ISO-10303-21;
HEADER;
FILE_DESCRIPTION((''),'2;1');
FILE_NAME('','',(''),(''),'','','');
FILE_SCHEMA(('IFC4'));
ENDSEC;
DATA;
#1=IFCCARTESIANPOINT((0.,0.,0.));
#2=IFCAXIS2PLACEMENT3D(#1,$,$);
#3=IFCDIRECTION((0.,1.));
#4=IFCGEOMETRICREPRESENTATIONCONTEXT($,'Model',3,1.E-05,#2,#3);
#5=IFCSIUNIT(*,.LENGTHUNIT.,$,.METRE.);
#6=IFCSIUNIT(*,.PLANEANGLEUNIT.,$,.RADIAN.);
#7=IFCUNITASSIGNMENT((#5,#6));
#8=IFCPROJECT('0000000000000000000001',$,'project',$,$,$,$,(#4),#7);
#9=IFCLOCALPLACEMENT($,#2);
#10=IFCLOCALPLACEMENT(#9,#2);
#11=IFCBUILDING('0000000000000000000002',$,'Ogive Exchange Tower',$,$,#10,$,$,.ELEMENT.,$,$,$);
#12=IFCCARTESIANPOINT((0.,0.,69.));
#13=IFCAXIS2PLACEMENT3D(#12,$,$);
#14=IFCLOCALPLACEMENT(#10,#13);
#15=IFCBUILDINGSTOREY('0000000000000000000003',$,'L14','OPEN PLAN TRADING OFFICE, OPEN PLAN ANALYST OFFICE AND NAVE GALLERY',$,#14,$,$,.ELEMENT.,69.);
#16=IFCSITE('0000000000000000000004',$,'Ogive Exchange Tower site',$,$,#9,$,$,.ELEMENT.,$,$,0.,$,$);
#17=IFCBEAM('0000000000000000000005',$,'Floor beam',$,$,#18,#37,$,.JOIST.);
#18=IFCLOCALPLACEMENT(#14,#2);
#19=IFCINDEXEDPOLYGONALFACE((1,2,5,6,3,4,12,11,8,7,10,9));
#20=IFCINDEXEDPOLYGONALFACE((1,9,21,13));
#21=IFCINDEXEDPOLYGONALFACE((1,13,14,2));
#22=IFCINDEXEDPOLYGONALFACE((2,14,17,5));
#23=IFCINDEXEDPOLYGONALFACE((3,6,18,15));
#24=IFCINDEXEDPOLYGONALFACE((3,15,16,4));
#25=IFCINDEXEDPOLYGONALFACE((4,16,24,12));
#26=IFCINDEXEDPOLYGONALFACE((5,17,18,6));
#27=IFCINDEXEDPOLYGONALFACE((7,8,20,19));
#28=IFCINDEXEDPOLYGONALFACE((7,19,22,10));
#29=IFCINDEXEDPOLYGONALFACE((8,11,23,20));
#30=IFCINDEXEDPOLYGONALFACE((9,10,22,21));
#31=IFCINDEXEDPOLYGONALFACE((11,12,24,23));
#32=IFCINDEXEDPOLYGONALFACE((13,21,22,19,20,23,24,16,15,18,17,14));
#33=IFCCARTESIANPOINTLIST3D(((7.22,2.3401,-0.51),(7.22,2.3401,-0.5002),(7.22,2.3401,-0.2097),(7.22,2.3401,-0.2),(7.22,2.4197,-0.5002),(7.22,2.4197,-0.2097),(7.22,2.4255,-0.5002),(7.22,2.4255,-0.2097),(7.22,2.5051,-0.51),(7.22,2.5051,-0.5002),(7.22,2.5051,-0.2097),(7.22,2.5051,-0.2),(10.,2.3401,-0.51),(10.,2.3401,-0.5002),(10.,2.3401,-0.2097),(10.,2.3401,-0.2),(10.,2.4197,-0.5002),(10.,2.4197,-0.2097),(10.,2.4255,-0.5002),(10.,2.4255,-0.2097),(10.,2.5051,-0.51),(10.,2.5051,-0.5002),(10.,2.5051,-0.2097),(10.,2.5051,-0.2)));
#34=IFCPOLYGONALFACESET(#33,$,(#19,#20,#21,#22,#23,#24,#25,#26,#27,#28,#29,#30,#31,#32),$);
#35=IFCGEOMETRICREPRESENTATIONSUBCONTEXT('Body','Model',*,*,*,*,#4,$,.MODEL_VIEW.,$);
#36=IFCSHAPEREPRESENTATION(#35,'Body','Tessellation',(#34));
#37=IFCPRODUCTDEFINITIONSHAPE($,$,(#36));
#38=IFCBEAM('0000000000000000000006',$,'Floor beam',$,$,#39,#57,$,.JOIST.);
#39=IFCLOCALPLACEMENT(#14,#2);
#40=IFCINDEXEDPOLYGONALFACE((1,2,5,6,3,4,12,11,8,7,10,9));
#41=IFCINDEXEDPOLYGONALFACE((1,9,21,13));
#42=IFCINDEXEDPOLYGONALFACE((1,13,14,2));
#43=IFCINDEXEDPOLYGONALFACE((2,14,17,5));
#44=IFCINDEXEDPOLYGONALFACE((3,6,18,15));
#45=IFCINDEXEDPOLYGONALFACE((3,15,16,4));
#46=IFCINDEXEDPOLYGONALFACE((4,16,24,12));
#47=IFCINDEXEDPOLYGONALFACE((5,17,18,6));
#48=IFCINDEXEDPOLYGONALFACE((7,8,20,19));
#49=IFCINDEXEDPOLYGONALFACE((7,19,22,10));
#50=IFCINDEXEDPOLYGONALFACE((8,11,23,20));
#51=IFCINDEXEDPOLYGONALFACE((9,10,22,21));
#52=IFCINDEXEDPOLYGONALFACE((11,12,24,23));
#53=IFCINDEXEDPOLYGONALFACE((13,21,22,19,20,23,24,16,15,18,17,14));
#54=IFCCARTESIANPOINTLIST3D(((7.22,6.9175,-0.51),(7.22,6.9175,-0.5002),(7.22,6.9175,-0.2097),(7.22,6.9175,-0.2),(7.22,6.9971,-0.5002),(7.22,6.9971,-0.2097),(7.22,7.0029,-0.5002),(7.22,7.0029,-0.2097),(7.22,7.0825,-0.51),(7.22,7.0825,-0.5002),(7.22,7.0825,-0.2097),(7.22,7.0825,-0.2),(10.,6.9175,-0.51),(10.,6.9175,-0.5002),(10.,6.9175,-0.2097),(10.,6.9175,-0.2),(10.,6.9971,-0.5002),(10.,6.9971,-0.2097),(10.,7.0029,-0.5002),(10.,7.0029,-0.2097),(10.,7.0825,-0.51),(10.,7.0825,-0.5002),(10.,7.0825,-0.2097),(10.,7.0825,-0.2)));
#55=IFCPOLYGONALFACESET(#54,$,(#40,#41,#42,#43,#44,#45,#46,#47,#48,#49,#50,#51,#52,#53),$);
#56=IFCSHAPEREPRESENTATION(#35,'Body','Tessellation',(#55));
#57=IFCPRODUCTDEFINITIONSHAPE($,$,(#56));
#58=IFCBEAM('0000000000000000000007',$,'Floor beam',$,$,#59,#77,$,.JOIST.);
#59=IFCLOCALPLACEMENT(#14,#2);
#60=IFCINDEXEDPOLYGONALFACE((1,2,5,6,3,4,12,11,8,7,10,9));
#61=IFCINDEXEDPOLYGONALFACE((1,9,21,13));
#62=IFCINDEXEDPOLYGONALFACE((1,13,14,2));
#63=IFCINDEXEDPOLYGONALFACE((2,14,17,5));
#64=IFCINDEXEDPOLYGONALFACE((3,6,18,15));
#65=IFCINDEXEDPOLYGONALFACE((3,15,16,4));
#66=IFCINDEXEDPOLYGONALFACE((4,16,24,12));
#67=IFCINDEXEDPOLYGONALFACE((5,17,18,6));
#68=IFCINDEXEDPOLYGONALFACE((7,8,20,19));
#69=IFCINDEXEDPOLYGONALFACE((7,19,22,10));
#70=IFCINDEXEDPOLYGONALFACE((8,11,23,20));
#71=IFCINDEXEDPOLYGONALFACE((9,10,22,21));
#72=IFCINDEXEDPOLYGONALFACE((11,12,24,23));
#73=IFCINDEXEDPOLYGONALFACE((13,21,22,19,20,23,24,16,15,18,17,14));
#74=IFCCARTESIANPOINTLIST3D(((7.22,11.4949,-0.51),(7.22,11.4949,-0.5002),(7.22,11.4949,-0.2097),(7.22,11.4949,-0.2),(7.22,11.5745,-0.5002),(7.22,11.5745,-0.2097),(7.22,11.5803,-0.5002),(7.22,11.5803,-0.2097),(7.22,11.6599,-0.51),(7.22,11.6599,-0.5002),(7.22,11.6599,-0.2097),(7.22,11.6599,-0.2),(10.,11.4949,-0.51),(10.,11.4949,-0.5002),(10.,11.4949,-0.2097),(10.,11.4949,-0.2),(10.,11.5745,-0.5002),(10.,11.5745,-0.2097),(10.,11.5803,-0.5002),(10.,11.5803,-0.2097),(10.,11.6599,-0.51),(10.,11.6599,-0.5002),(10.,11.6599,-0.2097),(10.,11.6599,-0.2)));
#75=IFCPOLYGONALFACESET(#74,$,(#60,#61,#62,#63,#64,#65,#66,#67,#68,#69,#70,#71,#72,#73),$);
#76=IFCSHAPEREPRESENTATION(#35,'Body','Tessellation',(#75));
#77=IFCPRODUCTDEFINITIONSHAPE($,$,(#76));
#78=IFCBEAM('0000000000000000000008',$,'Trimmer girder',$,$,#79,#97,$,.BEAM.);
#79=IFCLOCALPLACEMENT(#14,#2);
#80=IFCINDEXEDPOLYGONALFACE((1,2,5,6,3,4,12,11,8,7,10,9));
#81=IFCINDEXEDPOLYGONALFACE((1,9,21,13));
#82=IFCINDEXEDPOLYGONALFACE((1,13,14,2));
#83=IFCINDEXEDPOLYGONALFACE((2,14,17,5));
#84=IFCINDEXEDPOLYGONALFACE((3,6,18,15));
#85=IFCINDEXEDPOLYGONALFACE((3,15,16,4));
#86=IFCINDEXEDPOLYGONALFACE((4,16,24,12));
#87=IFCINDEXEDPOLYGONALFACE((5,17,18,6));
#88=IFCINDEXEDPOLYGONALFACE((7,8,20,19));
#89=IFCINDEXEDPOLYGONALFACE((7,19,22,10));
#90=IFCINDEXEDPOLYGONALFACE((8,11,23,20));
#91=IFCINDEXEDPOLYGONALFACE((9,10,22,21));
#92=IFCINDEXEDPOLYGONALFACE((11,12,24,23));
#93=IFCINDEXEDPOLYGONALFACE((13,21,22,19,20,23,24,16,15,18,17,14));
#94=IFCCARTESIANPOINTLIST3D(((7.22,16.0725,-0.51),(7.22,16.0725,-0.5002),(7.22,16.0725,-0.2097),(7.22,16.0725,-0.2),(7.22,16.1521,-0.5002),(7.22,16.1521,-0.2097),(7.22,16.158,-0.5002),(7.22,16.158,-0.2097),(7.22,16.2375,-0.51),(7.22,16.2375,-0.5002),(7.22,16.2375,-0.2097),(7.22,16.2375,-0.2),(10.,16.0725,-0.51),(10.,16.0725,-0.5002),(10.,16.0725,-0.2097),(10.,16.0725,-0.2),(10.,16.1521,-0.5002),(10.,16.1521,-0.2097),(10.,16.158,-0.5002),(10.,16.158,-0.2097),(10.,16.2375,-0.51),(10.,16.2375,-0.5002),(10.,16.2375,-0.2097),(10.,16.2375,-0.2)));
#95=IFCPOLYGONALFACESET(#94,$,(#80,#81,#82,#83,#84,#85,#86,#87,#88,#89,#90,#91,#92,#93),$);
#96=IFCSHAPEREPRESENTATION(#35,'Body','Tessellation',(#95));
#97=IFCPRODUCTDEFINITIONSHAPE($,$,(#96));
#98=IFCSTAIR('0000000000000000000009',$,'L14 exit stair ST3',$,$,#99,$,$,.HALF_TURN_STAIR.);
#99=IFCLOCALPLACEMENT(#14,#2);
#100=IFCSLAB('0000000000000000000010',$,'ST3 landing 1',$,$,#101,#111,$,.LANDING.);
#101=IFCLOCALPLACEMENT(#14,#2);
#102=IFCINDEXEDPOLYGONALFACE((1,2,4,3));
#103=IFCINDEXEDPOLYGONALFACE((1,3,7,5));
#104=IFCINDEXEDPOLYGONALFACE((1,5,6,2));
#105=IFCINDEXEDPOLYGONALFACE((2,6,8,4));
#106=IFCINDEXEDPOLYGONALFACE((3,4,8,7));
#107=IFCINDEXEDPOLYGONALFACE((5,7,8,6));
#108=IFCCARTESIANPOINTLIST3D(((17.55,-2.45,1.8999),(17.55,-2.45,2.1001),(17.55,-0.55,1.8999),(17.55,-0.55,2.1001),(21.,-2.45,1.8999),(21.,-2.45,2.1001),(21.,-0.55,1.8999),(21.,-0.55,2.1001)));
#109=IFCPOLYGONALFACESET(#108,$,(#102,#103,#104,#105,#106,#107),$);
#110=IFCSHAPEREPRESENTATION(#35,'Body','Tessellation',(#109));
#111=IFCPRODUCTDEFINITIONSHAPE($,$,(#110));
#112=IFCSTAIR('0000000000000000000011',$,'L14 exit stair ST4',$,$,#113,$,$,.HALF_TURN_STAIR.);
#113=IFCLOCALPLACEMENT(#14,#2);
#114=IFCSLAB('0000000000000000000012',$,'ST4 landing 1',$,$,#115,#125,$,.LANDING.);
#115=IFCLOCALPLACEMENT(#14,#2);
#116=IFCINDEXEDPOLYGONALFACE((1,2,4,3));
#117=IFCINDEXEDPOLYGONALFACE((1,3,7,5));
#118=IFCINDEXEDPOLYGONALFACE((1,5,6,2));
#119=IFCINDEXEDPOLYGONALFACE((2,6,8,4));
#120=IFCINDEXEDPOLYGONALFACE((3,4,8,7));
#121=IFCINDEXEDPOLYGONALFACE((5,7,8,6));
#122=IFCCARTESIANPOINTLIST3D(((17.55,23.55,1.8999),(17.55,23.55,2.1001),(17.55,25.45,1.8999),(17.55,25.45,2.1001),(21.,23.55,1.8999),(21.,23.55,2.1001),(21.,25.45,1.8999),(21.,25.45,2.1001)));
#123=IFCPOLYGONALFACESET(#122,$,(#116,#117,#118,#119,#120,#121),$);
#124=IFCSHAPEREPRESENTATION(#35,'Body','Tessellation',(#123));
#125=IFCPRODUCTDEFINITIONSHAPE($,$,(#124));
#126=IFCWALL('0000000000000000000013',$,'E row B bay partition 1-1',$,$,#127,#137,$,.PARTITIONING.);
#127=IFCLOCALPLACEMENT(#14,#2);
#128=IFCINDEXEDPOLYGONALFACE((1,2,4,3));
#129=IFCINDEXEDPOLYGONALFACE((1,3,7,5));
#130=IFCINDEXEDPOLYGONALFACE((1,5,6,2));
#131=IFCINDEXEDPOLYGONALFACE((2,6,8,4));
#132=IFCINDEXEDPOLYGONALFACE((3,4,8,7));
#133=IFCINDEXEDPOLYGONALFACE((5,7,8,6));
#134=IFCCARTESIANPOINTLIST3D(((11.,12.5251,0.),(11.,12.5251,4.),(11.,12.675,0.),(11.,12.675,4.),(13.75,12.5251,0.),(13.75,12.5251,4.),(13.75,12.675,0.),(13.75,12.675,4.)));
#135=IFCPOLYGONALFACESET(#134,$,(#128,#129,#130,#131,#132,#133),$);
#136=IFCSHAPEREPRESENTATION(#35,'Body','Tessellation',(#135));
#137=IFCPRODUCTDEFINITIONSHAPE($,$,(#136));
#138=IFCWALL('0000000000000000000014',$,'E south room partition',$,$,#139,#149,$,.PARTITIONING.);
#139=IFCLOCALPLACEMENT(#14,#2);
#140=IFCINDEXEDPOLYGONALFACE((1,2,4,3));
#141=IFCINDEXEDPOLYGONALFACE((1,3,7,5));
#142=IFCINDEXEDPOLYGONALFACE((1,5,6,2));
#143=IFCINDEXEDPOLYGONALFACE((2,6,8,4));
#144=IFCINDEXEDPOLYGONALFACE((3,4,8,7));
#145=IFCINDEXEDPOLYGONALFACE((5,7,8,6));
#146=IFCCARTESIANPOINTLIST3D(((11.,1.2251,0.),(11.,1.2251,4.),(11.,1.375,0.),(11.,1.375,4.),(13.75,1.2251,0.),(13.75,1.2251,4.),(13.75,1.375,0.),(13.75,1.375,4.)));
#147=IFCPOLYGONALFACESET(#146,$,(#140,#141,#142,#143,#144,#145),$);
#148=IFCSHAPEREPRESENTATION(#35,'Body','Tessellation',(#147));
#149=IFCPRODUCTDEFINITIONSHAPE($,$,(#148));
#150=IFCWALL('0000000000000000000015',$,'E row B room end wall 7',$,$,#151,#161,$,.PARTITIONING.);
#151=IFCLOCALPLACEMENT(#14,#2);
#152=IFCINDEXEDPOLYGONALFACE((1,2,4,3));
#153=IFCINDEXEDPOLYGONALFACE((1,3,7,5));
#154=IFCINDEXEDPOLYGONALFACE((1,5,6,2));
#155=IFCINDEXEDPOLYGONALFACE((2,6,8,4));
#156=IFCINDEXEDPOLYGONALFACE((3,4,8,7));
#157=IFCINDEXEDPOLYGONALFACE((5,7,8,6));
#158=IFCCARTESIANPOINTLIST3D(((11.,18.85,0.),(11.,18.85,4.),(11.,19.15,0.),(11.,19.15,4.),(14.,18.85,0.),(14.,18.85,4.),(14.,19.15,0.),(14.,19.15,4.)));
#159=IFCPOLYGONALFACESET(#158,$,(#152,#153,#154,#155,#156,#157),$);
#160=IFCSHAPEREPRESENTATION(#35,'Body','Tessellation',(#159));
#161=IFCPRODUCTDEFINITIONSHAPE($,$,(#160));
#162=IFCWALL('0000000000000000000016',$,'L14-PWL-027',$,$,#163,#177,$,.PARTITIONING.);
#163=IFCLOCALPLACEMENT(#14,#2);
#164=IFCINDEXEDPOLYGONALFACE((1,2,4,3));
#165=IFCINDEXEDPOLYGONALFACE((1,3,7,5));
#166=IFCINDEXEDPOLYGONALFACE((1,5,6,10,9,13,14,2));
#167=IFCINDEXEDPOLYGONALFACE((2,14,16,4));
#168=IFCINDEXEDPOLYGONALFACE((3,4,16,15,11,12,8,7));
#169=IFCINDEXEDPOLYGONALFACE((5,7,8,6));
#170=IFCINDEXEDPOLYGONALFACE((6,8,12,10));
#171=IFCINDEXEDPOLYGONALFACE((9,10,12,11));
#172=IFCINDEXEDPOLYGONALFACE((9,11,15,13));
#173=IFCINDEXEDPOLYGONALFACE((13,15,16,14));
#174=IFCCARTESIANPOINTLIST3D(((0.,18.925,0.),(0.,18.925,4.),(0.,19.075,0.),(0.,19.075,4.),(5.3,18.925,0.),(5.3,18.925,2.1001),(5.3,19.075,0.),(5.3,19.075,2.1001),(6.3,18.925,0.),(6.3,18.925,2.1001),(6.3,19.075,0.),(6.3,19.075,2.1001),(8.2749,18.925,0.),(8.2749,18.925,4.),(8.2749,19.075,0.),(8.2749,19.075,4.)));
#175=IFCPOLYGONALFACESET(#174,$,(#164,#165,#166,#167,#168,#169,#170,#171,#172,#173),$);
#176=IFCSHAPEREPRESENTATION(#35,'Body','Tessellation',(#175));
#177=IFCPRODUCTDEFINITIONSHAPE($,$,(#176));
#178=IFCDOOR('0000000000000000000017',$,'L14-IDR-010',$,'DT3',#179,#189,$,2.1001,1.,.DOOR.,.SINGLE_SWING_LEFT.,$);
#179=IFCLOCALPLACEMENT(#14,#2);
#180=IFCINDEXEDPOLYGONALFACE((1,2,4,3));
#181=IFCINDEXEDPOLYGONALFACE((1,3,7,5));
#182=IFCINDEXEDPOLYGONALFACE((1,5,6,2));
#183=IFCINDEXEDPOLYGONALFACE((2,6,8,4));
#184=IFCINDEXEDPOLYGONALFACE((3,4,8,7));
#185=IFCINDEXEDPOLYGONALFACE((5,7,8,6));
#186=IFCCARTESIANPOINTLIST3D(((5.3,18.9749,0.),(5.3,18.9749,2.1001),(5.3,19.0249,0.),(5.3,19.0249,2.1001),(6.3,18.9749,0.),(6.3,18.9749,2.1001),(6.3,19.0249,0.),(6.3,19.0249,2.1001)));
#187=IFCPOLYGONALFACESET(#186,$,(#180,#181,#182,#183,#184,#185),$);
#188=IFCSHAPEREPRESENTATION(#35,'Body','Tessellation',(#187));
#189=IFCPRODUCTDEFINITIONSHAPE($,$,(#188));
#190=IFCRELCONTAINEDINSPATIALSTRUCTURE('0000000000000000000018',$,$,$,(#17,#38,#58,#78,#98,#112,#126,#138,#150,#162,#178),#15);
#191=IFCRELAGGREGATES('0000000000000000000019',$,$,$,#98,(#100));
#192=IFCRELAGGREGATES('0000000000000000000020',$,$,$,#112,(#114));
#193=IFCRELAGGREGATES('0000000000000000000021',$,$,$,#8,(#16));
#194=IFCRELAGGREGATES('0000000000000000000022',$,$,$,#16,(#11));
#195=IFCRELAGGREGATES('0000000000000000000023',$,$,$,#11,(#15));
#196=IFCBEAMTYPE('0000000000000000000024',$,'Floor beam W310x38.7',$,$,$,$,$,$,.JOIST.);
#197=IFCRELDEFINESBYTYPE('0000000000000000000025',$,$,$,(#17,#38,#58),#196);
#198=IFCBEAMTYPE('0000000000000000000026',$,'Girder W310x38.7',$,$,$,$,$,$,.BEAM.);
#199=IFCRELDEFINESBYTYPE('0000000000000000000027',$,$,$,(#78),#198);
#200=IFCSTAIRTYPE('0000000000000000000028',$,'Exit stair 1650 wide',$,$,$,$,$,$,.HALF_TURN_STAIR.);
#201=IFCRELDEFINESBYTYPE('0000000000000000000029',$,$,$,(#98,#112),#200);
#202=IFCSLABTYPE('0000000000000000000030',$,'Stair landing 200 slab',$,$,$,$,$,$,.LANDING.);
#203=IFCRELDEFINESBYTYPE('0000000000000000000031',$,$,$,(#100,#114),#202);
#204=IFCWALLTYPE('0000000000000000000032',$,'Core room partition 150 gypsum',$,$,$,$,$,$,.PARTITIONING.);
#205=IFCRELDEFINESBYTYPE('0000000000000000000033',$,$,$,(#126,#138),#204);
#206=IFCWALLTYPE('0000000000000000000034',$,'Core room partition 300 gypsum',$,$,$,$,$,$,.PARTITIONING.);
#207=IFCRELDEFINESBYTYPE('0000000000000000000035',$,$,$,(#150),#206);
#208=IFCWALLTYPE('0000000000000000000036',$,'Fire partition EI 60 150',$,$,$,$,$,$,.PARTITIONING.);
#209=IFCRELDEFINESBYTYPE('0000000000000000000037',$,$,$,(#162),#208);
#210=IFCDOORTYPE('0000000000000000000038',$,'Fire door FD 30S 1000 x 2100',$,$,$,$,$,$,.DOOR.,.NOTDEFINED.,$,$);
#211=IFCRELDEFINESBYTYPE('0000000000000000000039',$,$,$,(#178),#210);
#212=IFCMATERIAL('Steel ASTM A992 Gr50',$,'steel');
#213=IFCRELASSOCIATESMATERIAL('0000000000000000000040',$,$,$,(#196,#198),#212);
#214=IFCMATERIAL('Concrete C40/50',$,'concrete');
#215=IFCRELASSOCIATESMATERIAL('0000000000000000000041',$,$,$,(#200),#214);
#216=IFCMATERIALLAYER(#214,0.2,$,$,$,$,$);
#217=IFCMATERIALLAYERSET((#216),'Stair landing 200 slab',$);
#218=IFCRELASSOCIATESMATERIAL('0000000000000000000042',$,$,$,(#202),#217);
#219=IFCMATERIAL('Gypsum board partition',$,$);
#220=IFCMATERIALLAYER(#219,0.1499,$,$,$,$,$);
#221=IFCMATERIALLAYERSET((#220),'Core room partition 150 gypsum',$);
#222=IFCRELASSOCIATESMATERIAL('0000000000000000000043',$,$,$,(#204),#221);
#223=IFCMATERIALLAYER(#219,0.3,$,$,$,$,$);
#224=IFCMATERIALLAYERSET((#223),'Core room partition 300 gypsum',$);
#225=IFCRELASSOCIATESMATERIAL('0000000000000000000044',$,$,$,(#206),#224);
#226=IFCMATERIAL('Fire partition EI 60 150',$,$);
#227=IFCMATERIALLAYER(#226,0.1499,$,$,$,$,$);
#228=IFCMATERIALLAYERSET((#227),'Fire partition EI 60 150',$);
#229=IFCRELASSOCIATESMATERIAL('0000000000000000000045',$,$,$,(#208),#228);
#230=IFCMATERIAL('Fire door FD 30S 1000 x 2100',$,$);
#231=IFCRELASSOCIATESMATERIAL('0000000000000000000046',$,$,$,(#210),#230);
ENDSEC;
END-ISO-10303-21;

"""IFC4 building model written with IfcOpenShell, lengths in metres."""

from ifc_helpers import new_model, si_unit, direction, frame, frame_2d, origin, origin_2d, place, context, subcontext, project, spatial, polyline, rectangle, i_section, outline, extrude, material, layer, layer_set, material_profile, profile_set, type_object, element, fill, aggregate, save


model = new_model("IFC4")

# Units and contexts
model_context = context("Model", 3, precision=1e-05, world=origin(), true_north=direction((0.0, 1.0)))
body_context = subcontext(model_context, "Body", "Model", "MODEL_VIEW")
ifc_project = project(units=[si_unit("LENGTHUNIT", "METRE"), si_unit("PLANEANGLEUNIT", "RADIAN")], contexts=[model_context])

# Site, building, storey
site_placement = place(None, origin())
site = spatial("IfcSite", under=ifc_project, at=site_placement, Name="Ogive Exchange Tower site", CompositionType="ELEMENT", RefElevation=0.0)
building_placement = place(site_placement, origin())
building = spatial("IfcBuilding", under=site, at=building_placement, Name="Ogive Exchange Tower", CompositionType="ELEMENT")
storey_placement = place(building_placement, frame((0.0, 0.0, 69.0)))
storey = spatial("IfcBuildingStorey", under=building, at=storey_placement, Name="L14", Description="OPEN PLAN TRADING OFFICE, OPEN PLAN ANALYST OFFICE AND NAVE GALLERY", CompositionType="ELEMENT", Elevation=69.0)

# Beams
ifc_material_1 = material(Name="Steel ASTM A992 Gr50", Category="steel")
ifc_material_profile_1 = material_profile(ifc_material_1, i_section(OverallWidth=0.165, OverallDepth=0.3101, WebThickness=0.0059, FlangeThickness=0.0098, at=origin_2d()), Name="W310x38.7")
ifc_profile_set_1 = profile_set([ifc_material_profile_1], Name="Steel ASTM A992 Gr50")
beam_type_1 = type_object("IfcBeamType", Name="Floor beam W310x38.7", PredefinedType="JOIST", material=ifc_profile_set_1)
for number, where, z_axis, x_axis, name in (
    (1, (7.22, 2.4226, -0.355), (1.0, 0.0, 0.0), (0.0, 1.0, 0.0), "Floor beam"),
    (2, (7.22, 7.0, -0.355), (1.0, 0.0, 0.0), (0.0, 1.0, 0.0), "Floor beam"),
    (3, (7.22, 11.5774, -0.355), (1.0, 0.0, 0.0), (0.0, 1.0, 0.0), "Floor beam"),
):
    element("IfcBeam", number, at=place(storey_placement, frame(where, z_axis=z_axis, x_axis=x_axis)), inside=storey, type_object=beam_type_1, Name=name, PredefinedType="JOIST", context=body_context, shape_type="SweptSolid", body=[
        extrude(i_section(OverallWidth=0.165, OverallDepth=0.3101, WebThickness=0.0059, FlangeThickness=0.0098, at=origin_2d()), origin(), (0.0, 0.0, 1.0), 2.78),
    ])
ifc_material_profile_2 = material_profile(ifc_material_1, i_section(OverallWidth=0.165, OverallDepth=0.3101, WebThickness=0.0059, FlangeThickness=0.0098, at=origin_2d()), Name="W310x38.7")
ifc_profile_set_2 = profile_set([ifc_material_profile_2], Name="Steel ASTM A992 Gr50")
beam_type_2 = type_object("IfcBeamType", Name="Girder W310x38.7", PredefinedType="BEAM", material=ifc_profile_set_2)
beam_placement = place(storey_placement, frame((7.22, 16.155, -0.355), z_axis=(1.0, 0.0, 0.0), x_axis=(0.0, 1.0, 0.0)))
element("IfcBeam", 4, at=beam_placement, inside=storey, type_object=beam_type_2, Name="Trimmer girder", PredefinedType="BEAM", context=body_context, shape_type="SweptSolid", body=[
    extrude(i_section(OverallWidth=0.165, OverallDepth=0.3101, WebThickness=0.0059, FlangeThickness=0.0098, at=origin_2d()), origin(), (0.0, 0.0, 1.0), 2.78),
])

# Stairs, slabs
ifc_material_2 = material(Name="Concrete C40/50", Category="concrete")
stair_type = type_object("IfcStairType", Name="Exit stair 1650 wide", PredefinedType="HALF_TURN_STAIR", material=ifc_material_2)
stair_1_placement = place(storey_placement, origin())
stair_1 = element("IfcStair", 5, at=stair_1_placement, inside=storey, type_object=stair_type, Name="L14 exit stair ST3", PredefinedType="HALF_TURN_STAIR")
ifc_layer_1 = layer(ifc_material_2, 0.2)
ifc_layer_set_1 = layer_set([ifc_layer_1], Name="Stair landing 200 slab")
slab_type = type_object("IfcSlabType", Name="Stair landing 200 slab", PredefinedType="LANDING", material=ifc_layer_set_1)
slab_1_placement = place(storey_placement, frame((0.0, 0.0, 1.8999)))
slab_1 = element("IfcSlab", 6, at=slab_1_placement, type_object=slab_type, Name="ST3 landing 1", PredefinedType="LANDING", context=body_context, shape_type="SweptSolid", body=[
    extrude(outline(polyline([(17.55, -0.55), (17.55, -2.45), (21.0, -2.45), (21.0, -0.55), (17.55, -0.55)])), origin(), (0.0, 0.0, 1.0), 0.2002),
])
aggregate(stair_1, [slab_1])
stair_2_placement = place(storey_placement, origin())
stair_2 = element("IfcStair", 7, at=stair_2_placement, inside=storey, type_object=stair_type, Name="L14 exit stair ST4", PredefinedType="HALF_TURN_STAIR")
slab_2_placement = place(storey_placement, frame((0.0, 0.0, 1.8999)))
slab_2 = element("IfcSlab", 8, at=slab_2_placement, type_object=slab_type, Name="ST4 landing 1", PredefinedType="LANDING", context=body_context, shape_type="SweptSolid", body=[
    extrude(outline(polyline([(21.0, 23.55), (21.0, 25.45), (17.55, 25.45), (17.55, 23.55), (21.0, 23.55)])), origin(), (0.0, 0.0, 1.0), 0.2002),
])
aggregate(stair_2, [slab_2])

# Walls
ifc_material_3 = material(Name="Gypsum board partition")
ifc_layer_2 = layer(ifc_material_3, 0.1499)
ifc_layer_set_2 = layer_set([ifc_layer_2], Name="Core room partition 150 gypsum")
wall_type_1 = type_object("IfcWallType", Name="Core room partition 150 gypsum", PredefinedType="PARTITIONING", material=ifc_layer_set_2)
for number, where, z_axis, x_axis, name in (
    (9, (11.0, 12.6001, 0.0), (0.0, 0.0, 1.0), (1.0, 0.0, 0.0), "E row B bay partition 1-1"),
    (10, (11.0, 1.3, 0.0), (0.0, 0.0, 1.0), (1.0, 0.0, 0.0), "E south room partition"),
):
    element("IfcWall", number, at=place(storey_placement, frame(where, z_axis=z_axis, x_axis=x_axis)), inside=storey, type_object=wall_type_1, Name=name, PredefinedType="PARTITIONING", context=body_context, shape_type="SweptSolid", body=[
        extrude(rectangle(XDim=2.75, YDim=0.1499, at=frame_2d((1.375, 0.0))), origin(), (0.0, 0.0, 1.0), 4.0),
    ])
ifc_layer_3 = layer(ifc_material_3, 0.3)
ifc_layer_set_3 = layer_set([ifc_layer_3], Name="Core room partition 300 gypsum")
wall_type_2 = type_object("IfcWallType", Name="Core room partition 300 gypsum", PredefinedType="PARTITIONING", material=ifc_layer_set_3)
wall_1_placement = place(storey_placement, frame((11.0, 19.0, 0.0), z_axis=(0.0, 0.0, 1.0), x_axis=(1.0, 0.0, 0.0)))
element("IfcWall", 11, at=wall_1_placement, inside=storey, type_object=wall_type_2, Name="E row B room end wall 7", PredefinedType="PARTITIONING", context=body_context, shape_type="SweptSolid", body=[
    extrude(rectangle(XDim=3.0, YDim=0.3, at=frame_2d((1.5, 0.0))), origin(), (0.0, 0.0, 1.0), 4.0),
])

# Wall, opening, door
ifc_material_4 = material(Name="Fire partition EI 60 150")
ifc_layer_4 = layer(ifc_material_4, 0.1499)
ifc_layer_set_4 = layer_set([ifc_layer_4], Name="Fire partition EI 60 150")
wall_type_3 = type_object("IfcWallType", Name="Fire partition EI 60 150", PredefinedType="PARTITIONING", material=ifc_layer_set_4)
wall_2_placement = place(storey_placement, frame((0.0, 19.0, 0.0), z_axis=(0.0, 0.0, 1.0), x_axis=(1.0, 0.0, 0.0)))
wall_2 = element("IfcWall", 12, at=wall_2_placement, inside=storey, type_object=wall_type_3, Name="L14-PWL-027", PredefinedType="PARTITIONING", context=body_context, shape_type="SweptSolid", body=[
    extrude(rectangle(XDim=8.2749, YDim=0.1499, at=frame_2d((4.1375, 0.0))), origin(), (0.0, 0.0, 1.0), 4.0),
])
opening_1_placement = place(wall_2_placement, frame((5.3, 0.0, 0.0)))
opening_1 = element("IfcOpeningElement", 13, at=opening_1_placement, cuts=wall_2, PredefinedType="OPENING", context=body_context, shape_type="SweptSolid", body=[
    extrude(rectangle(XDim=1.0, YDim=2.1001, at=frame_2d((0.5, 1.05))), frame((0.0, 0.085, 0.0), z_axis=(0.0, -1.0, 0.0), x_axis=(1.0, 0.0, 0.0)), (0.0, 0.0, 1.0), 0.1699),
])
ifc_material_5 = material(Name="Fire door FD 30S 1000 x 2100")
door_type_1 = type_object("IfcDoorType", Name="Fire door FD 30S 1000 x 2100", OperationType="NOTDEFINED", PredefinedType="DOOR", material=ifc_material_5)
door_1_placement = place(opening_1_placement, origin())
door_1 = element("IfcDoor", 14, at=door_1_placement, inside=storey, type_object=door_type_1, Name="L14-IDR-010", ObjectType="DT3", OperationType="SINGLE_SWING_LEFT", OverallHeight=2.1001, OverallWidth=1.0, PredefinedType="DOOR", context=body_context, shape_type="SweptSolid", body=[
    extrude(rectangle(XDim=1.0, YDim=2.1001, at=frame_2d((0.5, 1.05))), frame((0.0, 0.0249, 0.0), z_axis=(0.0, -1.0, 0.0), x_axis=(1.0, 0.0, 0.0)), (0.0, 0.0, 1.0), 0.05),
])
fill(opening_1, door_1)

save(model, "model.ifc")
